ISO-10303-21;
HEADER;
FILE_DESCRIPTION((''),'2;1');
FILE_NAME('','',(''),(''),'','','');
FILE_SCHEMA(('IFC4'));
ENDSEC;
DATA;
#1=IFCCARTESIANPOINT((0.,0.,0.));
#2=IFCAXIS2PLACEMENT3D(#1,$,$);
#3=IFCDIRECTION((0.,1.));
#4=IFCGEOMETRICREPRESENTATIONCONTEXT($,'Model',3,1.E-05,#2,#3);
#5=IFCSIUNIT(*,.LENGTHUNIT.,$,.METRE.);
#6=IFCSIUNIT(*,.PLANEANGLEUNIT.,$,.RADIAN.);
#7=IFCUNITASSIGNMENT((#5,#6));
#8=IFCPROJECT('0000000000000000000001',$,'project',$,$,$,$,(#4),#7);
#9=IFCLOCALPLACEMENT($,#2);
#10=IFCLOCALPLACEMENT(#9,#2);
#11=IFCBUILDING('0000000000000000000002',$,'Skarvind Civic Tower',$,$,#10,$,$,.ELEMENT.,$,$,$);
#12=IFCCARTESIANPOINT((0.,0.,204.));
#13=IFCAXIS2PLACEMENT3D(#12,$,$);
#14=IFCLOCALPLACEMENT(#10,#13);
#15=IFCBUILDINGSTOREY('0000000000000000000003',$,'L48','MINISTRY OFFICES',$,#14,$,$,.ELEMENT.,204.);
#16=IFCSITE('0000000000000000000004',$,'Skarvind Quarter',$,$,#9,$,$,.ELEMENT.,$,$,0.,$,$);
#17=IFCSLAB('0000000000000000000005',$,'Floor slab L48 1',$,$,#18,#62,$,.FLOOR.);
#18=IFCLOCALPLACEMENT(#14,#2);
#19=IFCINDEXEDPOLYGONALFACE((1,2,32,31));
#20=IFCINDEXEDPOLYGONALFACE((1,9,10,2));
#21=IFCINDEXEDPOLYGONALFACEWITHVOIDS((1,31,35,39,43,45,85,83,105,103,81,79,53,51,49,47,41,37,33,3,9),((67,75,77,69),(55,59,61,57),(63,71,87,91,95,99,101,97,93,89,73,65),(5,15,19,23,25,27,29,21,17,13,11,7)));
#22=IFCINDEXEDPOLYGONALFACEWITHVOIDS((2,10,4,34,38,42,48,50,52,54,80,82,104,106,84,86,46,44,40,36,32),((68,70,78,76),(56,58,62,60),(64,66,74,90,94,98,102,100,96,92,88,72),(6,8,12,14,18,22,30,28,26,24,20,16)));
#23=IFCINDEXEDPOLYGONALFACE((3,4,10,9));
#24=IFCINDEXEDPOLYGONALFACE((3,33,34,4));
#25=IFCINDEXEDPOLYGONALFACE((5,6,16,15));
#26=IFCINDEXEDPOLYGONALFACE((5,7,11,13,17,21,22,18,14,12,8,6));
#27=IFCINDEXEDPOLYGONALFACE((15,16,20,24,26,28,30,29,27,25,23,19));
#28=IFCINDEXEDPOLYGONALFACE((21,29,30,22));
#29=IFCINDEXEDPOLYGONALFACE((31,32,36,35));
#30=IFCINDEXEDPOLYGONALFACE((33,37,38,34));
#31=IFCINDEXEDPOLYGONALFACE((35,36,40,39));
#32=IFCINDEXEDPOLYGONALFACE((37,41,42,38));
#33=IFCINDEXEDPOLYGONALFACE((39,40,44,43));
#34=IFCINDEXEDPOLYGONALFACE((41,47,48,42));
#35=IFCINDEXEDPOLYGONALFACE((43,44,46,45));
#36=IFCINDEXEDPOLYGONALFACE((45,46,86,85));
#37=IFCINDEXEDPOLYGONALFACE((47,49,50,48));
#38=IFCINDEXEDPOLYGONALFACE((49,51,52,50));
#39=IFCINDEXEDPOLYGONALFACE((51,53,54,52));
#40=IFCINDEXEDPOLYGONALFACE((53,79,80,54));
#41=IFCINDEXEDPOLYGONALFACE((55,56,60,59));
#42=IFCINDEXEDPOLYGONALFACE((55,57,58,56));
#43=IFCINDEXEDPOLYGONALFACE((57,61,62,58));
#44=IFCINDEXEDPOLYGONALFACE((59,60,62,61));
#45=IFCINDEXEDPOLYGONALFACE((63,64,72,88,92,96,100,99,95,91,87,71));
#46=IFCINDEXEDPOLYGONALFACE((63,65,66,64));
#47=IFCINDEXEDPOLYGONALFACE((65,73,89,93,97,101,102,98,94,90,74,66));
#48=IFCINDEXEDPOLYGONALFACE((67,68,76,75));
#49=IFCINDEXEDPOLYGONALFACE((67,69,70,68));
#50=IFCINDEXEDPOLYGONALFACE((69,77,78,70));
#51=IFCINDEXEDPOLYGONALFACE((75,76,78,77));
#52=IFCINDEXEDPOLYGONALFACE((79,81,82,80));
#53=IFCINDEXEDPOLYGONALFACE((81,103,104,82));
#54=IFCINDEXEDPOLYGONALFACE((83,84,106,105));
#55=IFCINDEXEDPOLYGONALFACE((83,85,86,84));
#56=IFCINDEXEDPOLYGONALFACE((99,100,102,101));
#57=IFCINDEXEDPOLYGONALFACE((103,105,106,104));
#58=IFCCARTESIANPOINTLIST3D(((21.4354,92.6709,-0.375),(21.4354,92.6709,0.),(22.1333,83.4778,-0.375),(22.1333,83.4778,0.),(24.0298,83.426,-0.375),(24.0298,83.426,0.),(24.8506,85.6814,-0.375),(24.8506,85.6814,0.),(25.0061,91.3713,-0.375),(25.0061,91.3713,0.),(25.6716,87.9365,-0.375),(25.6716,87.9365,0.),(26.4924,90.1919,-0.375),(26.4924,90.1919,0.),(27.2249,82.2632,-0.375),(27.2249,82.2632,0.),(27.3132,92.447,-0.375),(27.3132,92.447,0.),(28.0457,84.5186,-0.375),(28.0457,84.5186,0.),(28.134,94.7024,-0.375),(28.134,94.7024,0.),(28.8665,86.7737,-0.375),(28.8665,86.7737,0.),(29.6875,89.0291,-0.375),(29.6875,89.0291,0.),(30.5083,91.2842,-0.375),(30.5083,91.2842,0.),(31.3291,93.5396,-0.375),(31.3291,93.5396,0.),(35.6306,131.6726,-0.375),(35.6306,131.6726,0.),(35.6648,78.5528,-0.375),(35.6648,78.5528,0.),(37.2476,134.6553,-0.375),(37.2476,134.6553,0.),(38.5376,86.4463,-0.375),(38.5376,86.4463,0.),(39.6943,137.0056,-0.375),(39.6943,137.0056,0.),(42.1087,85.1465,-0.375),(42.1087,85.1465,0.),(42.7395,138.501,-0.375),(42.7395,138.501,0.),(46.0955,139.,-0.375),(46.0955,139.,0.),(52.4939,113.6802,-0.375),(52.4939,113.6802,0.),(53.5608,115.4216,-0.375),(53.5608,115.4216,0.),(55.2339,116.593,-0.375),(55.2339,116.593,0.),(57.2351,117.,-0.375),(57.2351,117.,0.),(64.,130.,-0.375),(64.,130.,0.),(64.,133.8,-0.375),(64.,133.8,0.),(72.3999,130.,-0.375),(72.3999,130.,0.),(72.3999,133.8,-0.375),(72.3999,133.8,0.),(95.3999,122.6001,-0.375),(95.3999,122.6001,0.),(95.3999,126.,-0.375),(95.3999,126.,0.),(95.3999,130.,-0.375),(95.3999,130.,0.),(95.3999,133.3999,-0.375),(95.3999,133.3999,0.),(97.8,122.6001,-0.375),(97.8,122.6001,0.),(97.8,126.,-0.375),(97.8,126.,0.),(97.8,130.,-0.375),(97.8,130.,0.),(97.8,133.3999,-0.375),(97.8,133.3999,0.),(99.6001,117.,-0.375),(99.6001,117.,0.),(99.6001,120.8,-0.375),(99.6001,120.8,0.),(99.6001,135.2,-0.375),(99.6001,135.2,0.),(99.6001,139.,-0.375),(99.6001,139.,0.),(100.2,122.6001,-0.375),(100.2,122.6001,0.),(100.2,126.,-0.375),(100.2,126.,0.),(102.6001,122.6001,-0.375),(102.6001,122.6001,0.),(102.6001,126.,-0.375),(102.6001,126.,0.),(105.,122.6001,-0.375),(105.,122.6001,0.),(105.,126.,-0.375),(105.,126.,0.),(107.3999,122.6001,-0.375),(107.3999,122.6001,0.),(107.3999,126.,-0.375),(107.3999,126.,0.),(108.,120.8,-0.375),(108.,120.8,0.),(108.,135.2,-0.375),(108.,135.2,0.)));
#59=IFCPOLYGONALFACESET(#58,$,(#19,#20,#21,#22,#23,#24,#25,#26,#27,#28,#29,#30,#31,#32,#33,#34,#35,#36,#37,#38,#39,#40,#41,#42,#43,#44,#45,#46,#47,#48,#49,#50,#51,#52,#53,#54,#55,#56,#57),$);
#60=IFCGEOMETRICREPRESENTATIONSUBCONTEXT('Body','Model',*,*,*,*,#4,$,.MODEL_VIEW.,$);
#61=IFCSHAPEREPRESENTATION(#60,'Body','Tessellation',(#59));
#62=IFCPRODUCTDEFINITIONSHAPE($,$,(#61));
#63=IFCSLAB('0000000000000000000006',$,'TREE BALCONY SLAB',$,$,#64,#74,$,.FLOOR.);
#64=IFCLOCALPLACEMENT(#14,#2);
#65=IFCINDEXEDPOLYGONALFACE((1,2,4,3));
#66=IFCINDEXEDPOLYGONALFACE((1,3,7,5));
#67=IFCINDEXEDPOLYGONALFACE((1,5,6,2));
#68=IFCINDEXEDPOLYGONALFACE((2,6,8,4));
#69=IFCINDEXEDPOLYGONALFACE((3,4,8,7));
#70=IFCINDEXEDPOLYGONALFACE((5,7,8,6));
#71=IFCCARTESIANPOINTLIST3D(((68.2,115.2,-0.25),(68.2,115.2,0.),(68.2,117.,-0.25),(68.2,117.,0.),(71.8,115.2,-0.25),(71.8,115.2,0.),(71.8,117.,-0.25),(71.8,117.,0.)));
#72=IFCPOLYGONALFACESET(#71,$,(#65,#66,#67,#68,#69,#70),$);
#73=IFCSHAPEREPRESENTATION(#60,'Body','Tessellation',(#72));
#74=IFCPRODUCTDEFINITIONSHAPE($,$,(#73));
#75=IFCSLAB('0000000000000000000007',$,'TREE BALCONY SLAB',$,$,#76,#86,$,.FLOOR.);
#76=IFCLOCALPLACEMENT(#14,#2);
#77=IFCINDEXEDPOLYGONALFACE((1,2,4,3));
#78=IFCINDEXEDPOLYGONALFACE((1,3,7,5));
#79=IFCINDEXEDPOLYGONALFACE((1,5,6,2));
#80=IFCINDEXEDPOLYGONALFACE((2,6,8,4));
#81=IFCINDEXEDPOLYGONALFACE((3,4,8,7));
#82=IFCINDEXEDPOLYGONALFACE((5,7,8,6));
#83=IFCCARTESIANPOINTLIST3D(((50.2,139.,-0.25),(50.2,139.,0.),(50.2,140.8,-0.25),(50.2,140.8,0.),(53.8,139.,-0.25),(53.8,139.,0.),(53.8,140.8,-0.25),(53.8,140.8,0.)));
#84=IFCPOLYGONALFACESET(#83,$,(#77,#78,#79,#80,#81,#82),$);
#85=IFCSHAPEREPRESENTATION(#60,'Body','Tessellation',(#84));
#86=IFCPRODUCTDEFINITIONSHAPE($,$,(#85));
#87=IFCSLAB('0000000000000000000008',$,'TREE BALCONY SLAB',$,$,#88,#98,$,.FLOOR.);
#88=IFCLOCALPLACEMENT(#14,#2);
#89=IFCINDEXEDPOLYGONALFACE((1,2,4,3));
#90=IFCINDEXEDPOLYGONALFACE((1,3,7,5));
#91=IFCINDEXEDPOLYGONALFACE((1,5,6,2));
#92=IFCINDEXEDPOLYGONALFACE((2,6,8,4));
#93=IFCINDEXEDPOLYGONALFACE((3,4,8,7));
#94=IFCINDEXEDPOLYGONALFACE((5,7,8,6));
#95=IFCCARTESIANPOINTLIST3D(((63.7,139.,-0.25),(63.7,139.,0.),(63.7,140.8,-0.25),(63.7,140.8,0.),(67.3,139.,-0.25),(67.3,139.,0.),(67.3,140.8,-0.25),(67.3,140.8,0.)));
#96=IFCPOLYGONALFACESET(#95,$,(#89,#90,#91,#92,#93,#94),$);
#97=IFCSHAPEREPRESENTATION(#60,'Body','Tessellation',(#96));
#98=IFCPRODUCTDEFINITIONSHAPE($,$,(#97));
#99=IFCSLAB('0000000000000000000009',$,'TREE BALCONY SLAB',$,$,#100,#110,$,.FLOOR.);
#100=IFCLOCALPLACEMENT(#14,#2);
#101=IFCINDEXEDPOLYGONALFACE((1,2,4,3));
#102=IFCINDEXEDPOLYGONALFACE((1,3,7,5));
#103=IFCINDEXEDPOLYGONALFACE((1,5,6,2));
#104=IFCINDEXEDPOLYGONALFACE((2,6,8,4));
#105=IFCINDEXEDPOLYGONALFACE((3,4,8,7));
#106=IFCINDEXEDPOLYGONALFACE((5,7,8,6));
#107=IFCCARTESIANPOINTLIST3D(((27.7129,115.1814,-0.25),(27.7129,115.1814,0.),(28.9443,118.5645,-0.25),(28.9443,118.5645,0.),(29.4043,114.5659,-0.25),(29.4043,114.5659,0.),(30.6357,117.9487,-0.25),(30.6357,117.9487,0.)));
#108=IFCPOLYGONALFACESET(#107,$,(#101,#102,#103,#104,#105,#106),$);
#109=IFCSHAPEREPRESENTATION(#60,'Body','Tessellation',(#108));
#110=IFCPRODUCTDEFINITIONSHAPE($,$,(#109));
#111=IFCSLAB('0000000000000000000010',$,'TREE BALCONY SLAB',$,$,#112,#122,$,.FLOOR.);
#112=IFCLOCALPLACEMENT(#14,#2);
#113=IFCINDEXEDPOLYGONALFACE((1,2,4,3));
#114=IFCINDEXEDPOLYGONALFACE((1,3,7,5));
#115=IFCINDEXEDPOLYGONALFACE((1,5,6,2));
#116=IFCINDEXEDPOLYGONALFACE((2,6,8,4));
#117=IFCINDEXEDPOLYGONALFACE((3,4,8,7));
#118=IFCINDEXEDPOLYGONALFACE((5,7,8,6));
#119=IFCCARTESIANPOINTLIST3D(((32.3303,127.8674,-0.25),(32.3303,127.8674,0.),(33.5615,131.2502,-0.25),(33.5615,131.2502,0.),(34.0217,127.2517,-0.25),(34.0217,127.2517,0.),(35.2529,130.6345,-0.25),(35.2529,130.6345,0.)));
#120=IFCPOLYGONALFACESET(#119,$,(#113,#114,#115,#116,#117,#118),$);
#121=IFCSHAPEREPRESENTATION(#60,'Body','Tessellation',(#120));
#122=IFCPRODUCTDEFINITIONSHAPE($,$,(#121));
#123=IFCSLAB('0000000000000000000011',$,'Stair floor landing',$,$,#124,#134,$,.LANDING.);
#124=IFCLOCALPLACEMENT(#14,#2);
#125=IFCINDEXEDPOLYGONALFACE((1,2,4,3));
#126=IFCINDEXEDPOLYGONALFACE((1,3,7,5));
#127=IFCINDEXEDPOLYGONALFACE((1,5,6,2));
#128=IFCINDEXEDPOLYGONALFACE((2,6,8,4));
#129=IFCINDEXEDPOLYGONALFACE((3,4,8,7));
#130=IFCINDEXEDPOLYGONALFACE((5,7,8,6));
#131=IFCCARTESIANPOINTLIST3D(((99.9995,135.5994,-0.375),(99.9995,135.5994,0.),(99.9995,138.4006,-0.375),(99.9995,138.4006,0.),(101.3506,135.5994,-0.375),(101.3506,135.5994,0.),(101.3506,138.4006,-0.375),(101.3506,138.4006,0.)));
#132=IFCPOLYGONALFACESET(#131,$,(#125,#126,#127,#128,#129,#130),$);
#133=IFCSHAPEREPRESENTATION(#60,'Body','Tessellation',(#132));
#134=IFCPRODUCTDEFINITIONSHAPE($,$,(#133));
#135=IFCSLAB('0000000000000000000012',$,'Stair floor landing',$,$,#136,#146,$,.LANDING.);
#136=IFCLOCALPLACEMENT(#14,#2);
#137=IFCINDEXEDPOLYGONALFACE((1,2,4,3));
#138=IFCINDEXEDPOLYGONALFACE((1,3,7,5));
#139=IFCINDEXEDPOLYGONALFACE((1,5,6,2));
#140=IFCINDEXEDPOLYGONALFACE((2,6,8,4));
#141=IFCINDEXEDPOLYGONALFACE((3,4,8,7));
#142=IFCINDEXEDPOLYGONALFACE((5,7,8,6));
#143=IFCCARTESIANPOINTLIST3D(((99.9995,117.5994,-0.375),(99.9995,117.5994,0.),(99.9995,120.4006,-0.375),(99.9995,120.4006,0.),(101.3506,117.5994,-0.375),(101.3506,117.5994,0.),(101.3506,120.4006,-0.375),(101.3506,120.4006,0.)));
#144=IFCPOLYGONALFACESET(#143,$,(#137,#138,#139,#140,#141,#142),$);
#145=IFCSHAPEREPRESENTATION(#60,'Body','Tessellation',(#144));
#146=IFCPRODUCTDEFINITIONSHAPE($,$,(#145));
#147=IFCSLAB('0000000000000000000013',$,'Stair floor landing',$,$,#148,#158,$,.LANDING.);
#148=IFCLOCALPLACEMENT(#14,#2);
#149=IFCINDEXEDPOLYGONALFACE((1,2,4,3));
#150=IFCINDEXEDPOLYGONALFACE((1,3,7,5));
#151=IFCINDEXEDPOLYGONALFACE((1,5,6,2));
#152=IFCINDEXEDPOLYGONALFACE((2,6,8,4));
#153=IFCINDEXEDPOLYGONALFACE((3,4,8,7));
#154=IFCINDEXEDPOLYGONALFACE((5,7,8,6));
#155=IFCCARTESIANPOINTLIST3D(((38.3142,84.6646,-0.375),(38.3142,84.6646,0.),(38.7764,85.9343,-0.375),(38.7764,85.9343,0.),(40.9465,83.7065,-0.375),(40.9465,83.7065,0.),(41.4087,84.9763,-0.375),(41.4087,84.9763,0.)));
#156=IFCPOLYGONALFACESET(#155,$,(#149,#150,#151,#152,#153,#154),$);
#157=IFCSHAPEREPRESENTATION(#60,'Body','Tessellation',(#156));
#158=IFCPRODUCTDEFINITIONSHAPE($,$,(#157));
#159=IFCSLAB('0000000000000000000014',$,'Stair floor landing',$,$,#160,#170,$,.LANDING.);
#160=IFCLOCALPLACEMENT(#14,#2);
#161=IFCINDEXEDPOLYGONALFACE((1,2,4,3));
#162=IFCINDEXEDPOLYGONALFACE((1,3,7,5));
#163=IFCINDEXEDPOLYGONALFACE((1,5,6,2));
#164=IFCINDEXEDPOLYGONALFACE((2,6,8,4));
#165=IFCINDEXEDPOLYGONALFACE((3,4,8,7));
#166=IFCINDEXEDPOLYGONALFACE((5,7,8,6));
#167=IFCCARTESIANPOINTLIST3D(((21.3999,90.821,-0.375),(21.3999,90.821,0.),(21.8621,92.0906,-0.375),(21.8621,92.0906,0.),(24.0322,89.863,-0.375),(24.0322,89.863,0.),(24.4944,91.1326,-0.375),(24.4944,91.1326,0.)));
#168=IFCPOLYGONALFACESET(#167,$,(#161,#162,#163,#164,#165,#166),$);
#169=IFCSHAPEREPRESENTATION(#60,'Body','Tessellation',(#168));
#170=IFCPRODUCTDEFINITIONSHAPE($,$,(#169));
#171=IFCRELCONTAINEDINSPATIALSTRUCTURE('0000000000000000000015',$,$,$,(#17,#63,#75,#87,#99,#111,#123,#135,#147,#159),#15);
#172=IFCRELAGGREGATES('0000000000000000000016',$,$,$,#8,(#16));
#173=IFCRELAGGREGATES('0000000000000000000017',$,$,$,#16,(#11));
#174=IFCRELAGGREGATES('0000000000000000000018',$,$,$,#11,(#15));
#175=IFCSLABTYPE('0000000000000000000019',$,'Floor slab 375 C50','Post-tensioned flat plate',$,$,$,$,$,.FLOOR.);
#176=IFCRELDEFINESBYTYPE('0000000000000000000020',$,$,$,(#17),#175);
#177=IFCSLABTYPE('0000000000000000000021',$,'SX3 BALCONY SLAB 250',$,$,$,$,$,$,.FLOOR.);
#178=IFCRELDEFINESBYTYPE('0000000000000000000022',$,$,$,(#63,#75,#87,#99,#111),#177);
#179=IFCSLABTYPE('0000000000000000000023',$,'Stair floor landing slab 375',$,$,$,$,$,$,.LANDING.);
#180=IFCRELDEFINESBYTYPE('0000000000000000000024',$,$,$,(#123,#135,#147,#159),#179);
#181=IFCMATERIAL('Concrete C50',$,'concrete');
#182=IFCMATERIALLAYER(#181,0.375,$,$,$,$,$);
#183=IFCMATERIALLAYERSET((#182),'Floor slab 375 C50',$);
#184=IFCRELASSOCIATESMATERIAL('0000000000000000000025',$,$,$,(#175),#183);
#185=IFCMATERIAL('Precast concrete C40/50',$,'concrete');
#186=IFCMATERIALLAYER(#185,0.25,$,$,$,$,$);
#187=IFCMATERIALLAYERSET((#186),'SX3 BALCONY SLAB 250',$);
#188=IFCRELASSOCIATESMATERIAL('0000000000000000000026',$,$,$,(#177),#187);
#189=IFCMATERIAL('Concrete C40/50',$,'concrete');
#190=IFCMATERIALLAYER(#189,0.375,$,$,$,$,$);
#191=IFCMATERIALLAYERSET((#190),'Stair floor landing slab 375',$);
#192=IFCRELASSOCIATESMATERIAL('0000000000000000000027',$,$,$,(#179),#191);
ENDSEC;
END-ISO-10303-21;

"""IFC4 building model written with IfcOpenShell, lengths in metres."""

from ifc_helpers import new_model, si_unit, direction, frame, origin, place, context, subcontext, project, spatial, polyline, outline, extrude, material, layer, layer_set, type_object, element, save


model = new_model("IFC4")

# Units and contexts
model_context = context("Model", 3, precision=1e-05, world=origin(), true_north=direction((0.0, 1.0)))
body_context = subcontext(model_context, "Body", "Model", "MODEL_VIEW")
ifc_project = project(units=[si_unit("LENGTHUNIT", "METRE"), si_unit("PLANEANGLEUNIT", "RADIAN")], contexts=[model_context])

# Site, building, storey
site_placement = place(None, origin())
site = spatial("IfcSite", under=ifc_project, at=site_placement, Name="Skarvind Quarter", CompositionType="ELEMENT", RefElevation=0.0)
building_placement = place(site_placement, origin())
building = spatial("IfcBuilding", under=site, at=building_placement, Name="Skarvind Civic Tower", CompositionType="ELEMENT")
storey_placement = place(building_placement, frame((0.0, 0.0, 204.0)))
storey = spatial("IfcBuildingStorey", under=building, at=storey_placement, Name="L48", Description="MINISTRY OFFICES", CompositionType="ELEMENT", Elevation=204.0)

# Slabs
ifc_material_1 = material(Name="Concrete C50", Category="concrete")
ifc_layer_1 = layer(ifc_material_1, 0.375)
ifc_layer_set_1 = layer_set([ifc_layer_1], Name="Floor slab 375 C50")
slab_type_1 = type_object("IfcSlabType", Name="Floor slab 375 C50", Description="Post-tensioned flat plate", PredefinedType="FLOOR", material=ifc_layer_set_1)
slab_1_placement = place(storey_placement, frame((0.0, 0.0, -0.375)))
element("IfcSlab", 1, at=slab_1_placement, inside=storey, type_object=slab_type_1, Name="Floor slab L48 1", PredefinedType="FLOOR", context=body_context, shape_type="SweptSolid", body=[
    extrude(outline(polyline([(99.6001, 117.0), (99.6001, 120.8), (108.0, 120.8), (108.0, 135.2), (99.6001, 135.2), (99.6001, 139.0), (46.0955, 139.0), (42.7395, 138.501), (39.6943, 137.0056), (37.2476, 134.6553), (35.6306, 131.6726), (19.4175, 87.1267), (21.4353, 92.6709), (25.0061, 91.3713), (22.1333, 83.4778), (36.8865, 78.1082), (35.6648, 78.5527), (38.5376, 86.4463), (42.1086, 85.1465), (40.0908, 79.6023), (40.0908, 79.6023), (52.4939, 113.6802), (53.5608, 115.4216), (55.2339, 116.593), (57.2351, 117.0), (99.6001, 117.0)]), holes=[polyline([(25.6716, 87.9365), (26.4924, 90.1919), (27.3132, 92.447), (28.134, 94.7024), (31.3291, 93.5396), (30.5083, 91.2842), (29.6875, 89.0291), (28.8665, 86.7737), (28.8665, 86.7737), (28.0457, 84.5186), (27.2249, 82.2632), (24.0298, 83.426), (24.8506, 85.6814), (25.6716, 87.9365), (25.6716, 87.9365)]), polyline([(64.0, 130.0), (64.0, 133.8), (72.3999, 133.8), (72.3999, 130.0), (64.0, 130.0)]), polyline([(97.8, 126.0), (100.2, 126.0), (102.6001, 126.0), (105.0, 126.0), (107.3999, 126.0), (107.3999, 122.6001), (105.0, 122.6001), (102.6001, 122.6001), (100.2, 122.6001), (97.8, 122.6001), (95.3999, 122.6001), (95.3999, 126.0), (97.8, 126.0)]), polyline([(97.8, 133.3999), (97.8, 130.0), (95.3999, 130.0), (95.3999, 133.3999), (97.8, 133.3999)])]), origin(), (0.0, 0.0, 1.0), 0.375),
])
ifc_material_2 = material(Name="Precast concrete C40/50", Category="concrete")
ifc_layer_2 = layer(ifc_material_2, 0.25)
ifc_layer_set_2 = layer_set([ifc_layer_2], Name="SX3 BALCONY SLAB 250")
slab_type_2 = type_object("IfcSlabType", Name="SX3 BALCONY SLAB 250", PredefinedType="FLOOR", material=ifc_layer_set_2)
slab_2_placement = place(storey_placement, frame((0.0, 0.0, -0.25)))
element("IfcSlab", 2, at=slab_2_placement, inside=storey, type_object=slab_type_2, Name="TREE BALCONY SLAB", PredefinedType="FLOOR", context=body_context, shape_type="SweptSolid", body=[
    extrude(outline(polyline([(71.8, 117.0), (68.2, 117.0), (68.2, 115.2), (71.8, 115.2), (71.8, 117.0)])), origin(), (0.0, 0.0, 1.0), 0.25),
])
slab_3_placement = place(storey_placement, frame((0.0, 0.0, -0.25)))
element("IfcSlab", 3, at=slab_3_placement, inside=storey, type_object=slab_type_2, Name="TREE BALCONY SLAB", PredefinedType="FLOOR", context=body_context, shape_type="SweptSolid", body=[
    extrude(outline(polyline([(50.2, 139.0), (53.8, 139.0), (53.8, 140.8), (50.2, 140.8), (50.2, 139.0)])), origin(), (0.0, 0.0, 1.0), 0.25),
])
slab_4_placement = place(storey_placement, frame((0.0, 0.0, -0.25)))
element("IfcSlab", 4, at=slab_4_placement, inside=storey, type_object=slab_type_2, Name="TREE BALCONY SLAB", PredefinedType="FLOOR", context=body_context, shape_type="SweptSolid", body=[
    extrude(outline(polyline([(63.7, 139.0), (67.3, 139.0), (67.3, 140.8), (63.7, 140.8), (63.7, 139.0)])), origin(), (0.0, 0.0, 1.0), 0.25),
])
slab_5_placement = place(storey_placement, frame((0.0, 0.0, -0.25)))
element("IfcSlab", 5, at=slab_5_placement, inside=storey, type_object=slab_type_2, Name="TREE BALCONY SLAB", PredefinedType="FLOOR", context=body_context, shape_type="SweptSolid", body=[
    extrude(outline(polyline([(29.4043, 114.5659), (30.6357, 117.9487), (28.9443, 118.5645), (27.7129, 115.1814), (29.4043, 114.5659)])), origin(), (0.0, 0.0, 1.0), 0.25),
])
slab_6_placement = place(storey_placement, frame((0.0, 0.0, -0.25)))
element("IfcSlab", 6, at=slab_6_placement, inside=storey, type_object=slab_type_2, Name="TREE BALCONY SLAB", PredefinedType="FLOOR", context=body_context, shape_type="SweptSolid", body=[
    extrude(outline(polyline([(34.0217, 127.2517), (35.2529, 130.6345), (33.5615, 131.2502), (32.3303, 127.8674), (34.0217, 127.2517)])), origin(), (0.0, 0.0, 1.0), 0.25),
])
ifc_material_3 = material(Name="Concrete C40/50", Category="concrete")
ifc_layer_3 = layer(ifc_material_3, 0.375)
ifc_layer_set_3 = layer_set([ifc_layer_3], Name="Stair floor landing slab 375")
slab_type_3 = type_object("IfcSlabType", Name="Stair floor landing slab 375", PredefinedType="LANDING", material=ifc_layer_set_3)
slab_7_placement = place(storey_placement, frame((0.0, 0.0, -0.375)))
element("IfcSlab", 7, at=slab_7_placement, inside=storey, type_object=slab_type_3, Name="Stair floor landing", PredefinedType="LANDING", context=body_context, shape_type="SweptSolid", body=[
    extrude(outline(polyline([(101.3506, 138.4006), (101.3506, 135.5994), (99.9995, 135.5994), (99.9995, 138.4006), (101.3506, 138.4006)])), origin(), (0.0, 0.0, 1.0), 0.375),
])
slab_8_placement = place(storey_placement, frame((0.0, 0.0, -0.375)))
element("IfcSlab", 8, at=slab_8_placement, inside=storey, type_object=slab_type_3, Name="Stair floor landing", PredefinedType="LANDING", context=body_context, shape_type="SweptSolid", body=[
    extrude(outline(polyline([(101.3506, 120.4006), (101.3506, 117.5994), (99.9995, 117.5994), (99.9995, 120.4006), (101.3506, 120.4006)])), origin(), (0.0, 0.0, 1.0), 0.375),
])
slab_9_placement = place(storey_placement, frame((0.0, 0.0, -0.375)))
element("IfcSlab", 9, at=slab_9_placement, inside=storey, type_object=slab_type_3, Name="Stair floor landing", PredefinedType="LANDING", context=body_context, shape_type="SweptSolid", body=[
    extrude(outline(polyline([(40.9465, 83.7065), (38.3142, 84.6646), (38.7764, 85.9343), (41.4087, 84.9763), (40.9465, 83.7065)])), origin(), (0.0, 0.0, 1.0), 0.375),
])
slab_10_placement = place(storey_placement, frame((0.0, 0.0, -0.375)))
element("IfcSlab", 10, at=slab_10_placement, inside=storey, type_object=slab_type_3, Name="Stair floor landing", PredefinedType="LANDING", context=body_context, shape_type="SweptSolid", body=[
    extrude(outline(polyline([(24.0322, 89.863), (21.3999, 90.821), (21.8621, 92.0906), (24.4944, 91.1326), (24.0322, 89.863)])), origin(), (0.0, 0.0, 1.0), 0.375),
])

save(model, "model.ifc")
